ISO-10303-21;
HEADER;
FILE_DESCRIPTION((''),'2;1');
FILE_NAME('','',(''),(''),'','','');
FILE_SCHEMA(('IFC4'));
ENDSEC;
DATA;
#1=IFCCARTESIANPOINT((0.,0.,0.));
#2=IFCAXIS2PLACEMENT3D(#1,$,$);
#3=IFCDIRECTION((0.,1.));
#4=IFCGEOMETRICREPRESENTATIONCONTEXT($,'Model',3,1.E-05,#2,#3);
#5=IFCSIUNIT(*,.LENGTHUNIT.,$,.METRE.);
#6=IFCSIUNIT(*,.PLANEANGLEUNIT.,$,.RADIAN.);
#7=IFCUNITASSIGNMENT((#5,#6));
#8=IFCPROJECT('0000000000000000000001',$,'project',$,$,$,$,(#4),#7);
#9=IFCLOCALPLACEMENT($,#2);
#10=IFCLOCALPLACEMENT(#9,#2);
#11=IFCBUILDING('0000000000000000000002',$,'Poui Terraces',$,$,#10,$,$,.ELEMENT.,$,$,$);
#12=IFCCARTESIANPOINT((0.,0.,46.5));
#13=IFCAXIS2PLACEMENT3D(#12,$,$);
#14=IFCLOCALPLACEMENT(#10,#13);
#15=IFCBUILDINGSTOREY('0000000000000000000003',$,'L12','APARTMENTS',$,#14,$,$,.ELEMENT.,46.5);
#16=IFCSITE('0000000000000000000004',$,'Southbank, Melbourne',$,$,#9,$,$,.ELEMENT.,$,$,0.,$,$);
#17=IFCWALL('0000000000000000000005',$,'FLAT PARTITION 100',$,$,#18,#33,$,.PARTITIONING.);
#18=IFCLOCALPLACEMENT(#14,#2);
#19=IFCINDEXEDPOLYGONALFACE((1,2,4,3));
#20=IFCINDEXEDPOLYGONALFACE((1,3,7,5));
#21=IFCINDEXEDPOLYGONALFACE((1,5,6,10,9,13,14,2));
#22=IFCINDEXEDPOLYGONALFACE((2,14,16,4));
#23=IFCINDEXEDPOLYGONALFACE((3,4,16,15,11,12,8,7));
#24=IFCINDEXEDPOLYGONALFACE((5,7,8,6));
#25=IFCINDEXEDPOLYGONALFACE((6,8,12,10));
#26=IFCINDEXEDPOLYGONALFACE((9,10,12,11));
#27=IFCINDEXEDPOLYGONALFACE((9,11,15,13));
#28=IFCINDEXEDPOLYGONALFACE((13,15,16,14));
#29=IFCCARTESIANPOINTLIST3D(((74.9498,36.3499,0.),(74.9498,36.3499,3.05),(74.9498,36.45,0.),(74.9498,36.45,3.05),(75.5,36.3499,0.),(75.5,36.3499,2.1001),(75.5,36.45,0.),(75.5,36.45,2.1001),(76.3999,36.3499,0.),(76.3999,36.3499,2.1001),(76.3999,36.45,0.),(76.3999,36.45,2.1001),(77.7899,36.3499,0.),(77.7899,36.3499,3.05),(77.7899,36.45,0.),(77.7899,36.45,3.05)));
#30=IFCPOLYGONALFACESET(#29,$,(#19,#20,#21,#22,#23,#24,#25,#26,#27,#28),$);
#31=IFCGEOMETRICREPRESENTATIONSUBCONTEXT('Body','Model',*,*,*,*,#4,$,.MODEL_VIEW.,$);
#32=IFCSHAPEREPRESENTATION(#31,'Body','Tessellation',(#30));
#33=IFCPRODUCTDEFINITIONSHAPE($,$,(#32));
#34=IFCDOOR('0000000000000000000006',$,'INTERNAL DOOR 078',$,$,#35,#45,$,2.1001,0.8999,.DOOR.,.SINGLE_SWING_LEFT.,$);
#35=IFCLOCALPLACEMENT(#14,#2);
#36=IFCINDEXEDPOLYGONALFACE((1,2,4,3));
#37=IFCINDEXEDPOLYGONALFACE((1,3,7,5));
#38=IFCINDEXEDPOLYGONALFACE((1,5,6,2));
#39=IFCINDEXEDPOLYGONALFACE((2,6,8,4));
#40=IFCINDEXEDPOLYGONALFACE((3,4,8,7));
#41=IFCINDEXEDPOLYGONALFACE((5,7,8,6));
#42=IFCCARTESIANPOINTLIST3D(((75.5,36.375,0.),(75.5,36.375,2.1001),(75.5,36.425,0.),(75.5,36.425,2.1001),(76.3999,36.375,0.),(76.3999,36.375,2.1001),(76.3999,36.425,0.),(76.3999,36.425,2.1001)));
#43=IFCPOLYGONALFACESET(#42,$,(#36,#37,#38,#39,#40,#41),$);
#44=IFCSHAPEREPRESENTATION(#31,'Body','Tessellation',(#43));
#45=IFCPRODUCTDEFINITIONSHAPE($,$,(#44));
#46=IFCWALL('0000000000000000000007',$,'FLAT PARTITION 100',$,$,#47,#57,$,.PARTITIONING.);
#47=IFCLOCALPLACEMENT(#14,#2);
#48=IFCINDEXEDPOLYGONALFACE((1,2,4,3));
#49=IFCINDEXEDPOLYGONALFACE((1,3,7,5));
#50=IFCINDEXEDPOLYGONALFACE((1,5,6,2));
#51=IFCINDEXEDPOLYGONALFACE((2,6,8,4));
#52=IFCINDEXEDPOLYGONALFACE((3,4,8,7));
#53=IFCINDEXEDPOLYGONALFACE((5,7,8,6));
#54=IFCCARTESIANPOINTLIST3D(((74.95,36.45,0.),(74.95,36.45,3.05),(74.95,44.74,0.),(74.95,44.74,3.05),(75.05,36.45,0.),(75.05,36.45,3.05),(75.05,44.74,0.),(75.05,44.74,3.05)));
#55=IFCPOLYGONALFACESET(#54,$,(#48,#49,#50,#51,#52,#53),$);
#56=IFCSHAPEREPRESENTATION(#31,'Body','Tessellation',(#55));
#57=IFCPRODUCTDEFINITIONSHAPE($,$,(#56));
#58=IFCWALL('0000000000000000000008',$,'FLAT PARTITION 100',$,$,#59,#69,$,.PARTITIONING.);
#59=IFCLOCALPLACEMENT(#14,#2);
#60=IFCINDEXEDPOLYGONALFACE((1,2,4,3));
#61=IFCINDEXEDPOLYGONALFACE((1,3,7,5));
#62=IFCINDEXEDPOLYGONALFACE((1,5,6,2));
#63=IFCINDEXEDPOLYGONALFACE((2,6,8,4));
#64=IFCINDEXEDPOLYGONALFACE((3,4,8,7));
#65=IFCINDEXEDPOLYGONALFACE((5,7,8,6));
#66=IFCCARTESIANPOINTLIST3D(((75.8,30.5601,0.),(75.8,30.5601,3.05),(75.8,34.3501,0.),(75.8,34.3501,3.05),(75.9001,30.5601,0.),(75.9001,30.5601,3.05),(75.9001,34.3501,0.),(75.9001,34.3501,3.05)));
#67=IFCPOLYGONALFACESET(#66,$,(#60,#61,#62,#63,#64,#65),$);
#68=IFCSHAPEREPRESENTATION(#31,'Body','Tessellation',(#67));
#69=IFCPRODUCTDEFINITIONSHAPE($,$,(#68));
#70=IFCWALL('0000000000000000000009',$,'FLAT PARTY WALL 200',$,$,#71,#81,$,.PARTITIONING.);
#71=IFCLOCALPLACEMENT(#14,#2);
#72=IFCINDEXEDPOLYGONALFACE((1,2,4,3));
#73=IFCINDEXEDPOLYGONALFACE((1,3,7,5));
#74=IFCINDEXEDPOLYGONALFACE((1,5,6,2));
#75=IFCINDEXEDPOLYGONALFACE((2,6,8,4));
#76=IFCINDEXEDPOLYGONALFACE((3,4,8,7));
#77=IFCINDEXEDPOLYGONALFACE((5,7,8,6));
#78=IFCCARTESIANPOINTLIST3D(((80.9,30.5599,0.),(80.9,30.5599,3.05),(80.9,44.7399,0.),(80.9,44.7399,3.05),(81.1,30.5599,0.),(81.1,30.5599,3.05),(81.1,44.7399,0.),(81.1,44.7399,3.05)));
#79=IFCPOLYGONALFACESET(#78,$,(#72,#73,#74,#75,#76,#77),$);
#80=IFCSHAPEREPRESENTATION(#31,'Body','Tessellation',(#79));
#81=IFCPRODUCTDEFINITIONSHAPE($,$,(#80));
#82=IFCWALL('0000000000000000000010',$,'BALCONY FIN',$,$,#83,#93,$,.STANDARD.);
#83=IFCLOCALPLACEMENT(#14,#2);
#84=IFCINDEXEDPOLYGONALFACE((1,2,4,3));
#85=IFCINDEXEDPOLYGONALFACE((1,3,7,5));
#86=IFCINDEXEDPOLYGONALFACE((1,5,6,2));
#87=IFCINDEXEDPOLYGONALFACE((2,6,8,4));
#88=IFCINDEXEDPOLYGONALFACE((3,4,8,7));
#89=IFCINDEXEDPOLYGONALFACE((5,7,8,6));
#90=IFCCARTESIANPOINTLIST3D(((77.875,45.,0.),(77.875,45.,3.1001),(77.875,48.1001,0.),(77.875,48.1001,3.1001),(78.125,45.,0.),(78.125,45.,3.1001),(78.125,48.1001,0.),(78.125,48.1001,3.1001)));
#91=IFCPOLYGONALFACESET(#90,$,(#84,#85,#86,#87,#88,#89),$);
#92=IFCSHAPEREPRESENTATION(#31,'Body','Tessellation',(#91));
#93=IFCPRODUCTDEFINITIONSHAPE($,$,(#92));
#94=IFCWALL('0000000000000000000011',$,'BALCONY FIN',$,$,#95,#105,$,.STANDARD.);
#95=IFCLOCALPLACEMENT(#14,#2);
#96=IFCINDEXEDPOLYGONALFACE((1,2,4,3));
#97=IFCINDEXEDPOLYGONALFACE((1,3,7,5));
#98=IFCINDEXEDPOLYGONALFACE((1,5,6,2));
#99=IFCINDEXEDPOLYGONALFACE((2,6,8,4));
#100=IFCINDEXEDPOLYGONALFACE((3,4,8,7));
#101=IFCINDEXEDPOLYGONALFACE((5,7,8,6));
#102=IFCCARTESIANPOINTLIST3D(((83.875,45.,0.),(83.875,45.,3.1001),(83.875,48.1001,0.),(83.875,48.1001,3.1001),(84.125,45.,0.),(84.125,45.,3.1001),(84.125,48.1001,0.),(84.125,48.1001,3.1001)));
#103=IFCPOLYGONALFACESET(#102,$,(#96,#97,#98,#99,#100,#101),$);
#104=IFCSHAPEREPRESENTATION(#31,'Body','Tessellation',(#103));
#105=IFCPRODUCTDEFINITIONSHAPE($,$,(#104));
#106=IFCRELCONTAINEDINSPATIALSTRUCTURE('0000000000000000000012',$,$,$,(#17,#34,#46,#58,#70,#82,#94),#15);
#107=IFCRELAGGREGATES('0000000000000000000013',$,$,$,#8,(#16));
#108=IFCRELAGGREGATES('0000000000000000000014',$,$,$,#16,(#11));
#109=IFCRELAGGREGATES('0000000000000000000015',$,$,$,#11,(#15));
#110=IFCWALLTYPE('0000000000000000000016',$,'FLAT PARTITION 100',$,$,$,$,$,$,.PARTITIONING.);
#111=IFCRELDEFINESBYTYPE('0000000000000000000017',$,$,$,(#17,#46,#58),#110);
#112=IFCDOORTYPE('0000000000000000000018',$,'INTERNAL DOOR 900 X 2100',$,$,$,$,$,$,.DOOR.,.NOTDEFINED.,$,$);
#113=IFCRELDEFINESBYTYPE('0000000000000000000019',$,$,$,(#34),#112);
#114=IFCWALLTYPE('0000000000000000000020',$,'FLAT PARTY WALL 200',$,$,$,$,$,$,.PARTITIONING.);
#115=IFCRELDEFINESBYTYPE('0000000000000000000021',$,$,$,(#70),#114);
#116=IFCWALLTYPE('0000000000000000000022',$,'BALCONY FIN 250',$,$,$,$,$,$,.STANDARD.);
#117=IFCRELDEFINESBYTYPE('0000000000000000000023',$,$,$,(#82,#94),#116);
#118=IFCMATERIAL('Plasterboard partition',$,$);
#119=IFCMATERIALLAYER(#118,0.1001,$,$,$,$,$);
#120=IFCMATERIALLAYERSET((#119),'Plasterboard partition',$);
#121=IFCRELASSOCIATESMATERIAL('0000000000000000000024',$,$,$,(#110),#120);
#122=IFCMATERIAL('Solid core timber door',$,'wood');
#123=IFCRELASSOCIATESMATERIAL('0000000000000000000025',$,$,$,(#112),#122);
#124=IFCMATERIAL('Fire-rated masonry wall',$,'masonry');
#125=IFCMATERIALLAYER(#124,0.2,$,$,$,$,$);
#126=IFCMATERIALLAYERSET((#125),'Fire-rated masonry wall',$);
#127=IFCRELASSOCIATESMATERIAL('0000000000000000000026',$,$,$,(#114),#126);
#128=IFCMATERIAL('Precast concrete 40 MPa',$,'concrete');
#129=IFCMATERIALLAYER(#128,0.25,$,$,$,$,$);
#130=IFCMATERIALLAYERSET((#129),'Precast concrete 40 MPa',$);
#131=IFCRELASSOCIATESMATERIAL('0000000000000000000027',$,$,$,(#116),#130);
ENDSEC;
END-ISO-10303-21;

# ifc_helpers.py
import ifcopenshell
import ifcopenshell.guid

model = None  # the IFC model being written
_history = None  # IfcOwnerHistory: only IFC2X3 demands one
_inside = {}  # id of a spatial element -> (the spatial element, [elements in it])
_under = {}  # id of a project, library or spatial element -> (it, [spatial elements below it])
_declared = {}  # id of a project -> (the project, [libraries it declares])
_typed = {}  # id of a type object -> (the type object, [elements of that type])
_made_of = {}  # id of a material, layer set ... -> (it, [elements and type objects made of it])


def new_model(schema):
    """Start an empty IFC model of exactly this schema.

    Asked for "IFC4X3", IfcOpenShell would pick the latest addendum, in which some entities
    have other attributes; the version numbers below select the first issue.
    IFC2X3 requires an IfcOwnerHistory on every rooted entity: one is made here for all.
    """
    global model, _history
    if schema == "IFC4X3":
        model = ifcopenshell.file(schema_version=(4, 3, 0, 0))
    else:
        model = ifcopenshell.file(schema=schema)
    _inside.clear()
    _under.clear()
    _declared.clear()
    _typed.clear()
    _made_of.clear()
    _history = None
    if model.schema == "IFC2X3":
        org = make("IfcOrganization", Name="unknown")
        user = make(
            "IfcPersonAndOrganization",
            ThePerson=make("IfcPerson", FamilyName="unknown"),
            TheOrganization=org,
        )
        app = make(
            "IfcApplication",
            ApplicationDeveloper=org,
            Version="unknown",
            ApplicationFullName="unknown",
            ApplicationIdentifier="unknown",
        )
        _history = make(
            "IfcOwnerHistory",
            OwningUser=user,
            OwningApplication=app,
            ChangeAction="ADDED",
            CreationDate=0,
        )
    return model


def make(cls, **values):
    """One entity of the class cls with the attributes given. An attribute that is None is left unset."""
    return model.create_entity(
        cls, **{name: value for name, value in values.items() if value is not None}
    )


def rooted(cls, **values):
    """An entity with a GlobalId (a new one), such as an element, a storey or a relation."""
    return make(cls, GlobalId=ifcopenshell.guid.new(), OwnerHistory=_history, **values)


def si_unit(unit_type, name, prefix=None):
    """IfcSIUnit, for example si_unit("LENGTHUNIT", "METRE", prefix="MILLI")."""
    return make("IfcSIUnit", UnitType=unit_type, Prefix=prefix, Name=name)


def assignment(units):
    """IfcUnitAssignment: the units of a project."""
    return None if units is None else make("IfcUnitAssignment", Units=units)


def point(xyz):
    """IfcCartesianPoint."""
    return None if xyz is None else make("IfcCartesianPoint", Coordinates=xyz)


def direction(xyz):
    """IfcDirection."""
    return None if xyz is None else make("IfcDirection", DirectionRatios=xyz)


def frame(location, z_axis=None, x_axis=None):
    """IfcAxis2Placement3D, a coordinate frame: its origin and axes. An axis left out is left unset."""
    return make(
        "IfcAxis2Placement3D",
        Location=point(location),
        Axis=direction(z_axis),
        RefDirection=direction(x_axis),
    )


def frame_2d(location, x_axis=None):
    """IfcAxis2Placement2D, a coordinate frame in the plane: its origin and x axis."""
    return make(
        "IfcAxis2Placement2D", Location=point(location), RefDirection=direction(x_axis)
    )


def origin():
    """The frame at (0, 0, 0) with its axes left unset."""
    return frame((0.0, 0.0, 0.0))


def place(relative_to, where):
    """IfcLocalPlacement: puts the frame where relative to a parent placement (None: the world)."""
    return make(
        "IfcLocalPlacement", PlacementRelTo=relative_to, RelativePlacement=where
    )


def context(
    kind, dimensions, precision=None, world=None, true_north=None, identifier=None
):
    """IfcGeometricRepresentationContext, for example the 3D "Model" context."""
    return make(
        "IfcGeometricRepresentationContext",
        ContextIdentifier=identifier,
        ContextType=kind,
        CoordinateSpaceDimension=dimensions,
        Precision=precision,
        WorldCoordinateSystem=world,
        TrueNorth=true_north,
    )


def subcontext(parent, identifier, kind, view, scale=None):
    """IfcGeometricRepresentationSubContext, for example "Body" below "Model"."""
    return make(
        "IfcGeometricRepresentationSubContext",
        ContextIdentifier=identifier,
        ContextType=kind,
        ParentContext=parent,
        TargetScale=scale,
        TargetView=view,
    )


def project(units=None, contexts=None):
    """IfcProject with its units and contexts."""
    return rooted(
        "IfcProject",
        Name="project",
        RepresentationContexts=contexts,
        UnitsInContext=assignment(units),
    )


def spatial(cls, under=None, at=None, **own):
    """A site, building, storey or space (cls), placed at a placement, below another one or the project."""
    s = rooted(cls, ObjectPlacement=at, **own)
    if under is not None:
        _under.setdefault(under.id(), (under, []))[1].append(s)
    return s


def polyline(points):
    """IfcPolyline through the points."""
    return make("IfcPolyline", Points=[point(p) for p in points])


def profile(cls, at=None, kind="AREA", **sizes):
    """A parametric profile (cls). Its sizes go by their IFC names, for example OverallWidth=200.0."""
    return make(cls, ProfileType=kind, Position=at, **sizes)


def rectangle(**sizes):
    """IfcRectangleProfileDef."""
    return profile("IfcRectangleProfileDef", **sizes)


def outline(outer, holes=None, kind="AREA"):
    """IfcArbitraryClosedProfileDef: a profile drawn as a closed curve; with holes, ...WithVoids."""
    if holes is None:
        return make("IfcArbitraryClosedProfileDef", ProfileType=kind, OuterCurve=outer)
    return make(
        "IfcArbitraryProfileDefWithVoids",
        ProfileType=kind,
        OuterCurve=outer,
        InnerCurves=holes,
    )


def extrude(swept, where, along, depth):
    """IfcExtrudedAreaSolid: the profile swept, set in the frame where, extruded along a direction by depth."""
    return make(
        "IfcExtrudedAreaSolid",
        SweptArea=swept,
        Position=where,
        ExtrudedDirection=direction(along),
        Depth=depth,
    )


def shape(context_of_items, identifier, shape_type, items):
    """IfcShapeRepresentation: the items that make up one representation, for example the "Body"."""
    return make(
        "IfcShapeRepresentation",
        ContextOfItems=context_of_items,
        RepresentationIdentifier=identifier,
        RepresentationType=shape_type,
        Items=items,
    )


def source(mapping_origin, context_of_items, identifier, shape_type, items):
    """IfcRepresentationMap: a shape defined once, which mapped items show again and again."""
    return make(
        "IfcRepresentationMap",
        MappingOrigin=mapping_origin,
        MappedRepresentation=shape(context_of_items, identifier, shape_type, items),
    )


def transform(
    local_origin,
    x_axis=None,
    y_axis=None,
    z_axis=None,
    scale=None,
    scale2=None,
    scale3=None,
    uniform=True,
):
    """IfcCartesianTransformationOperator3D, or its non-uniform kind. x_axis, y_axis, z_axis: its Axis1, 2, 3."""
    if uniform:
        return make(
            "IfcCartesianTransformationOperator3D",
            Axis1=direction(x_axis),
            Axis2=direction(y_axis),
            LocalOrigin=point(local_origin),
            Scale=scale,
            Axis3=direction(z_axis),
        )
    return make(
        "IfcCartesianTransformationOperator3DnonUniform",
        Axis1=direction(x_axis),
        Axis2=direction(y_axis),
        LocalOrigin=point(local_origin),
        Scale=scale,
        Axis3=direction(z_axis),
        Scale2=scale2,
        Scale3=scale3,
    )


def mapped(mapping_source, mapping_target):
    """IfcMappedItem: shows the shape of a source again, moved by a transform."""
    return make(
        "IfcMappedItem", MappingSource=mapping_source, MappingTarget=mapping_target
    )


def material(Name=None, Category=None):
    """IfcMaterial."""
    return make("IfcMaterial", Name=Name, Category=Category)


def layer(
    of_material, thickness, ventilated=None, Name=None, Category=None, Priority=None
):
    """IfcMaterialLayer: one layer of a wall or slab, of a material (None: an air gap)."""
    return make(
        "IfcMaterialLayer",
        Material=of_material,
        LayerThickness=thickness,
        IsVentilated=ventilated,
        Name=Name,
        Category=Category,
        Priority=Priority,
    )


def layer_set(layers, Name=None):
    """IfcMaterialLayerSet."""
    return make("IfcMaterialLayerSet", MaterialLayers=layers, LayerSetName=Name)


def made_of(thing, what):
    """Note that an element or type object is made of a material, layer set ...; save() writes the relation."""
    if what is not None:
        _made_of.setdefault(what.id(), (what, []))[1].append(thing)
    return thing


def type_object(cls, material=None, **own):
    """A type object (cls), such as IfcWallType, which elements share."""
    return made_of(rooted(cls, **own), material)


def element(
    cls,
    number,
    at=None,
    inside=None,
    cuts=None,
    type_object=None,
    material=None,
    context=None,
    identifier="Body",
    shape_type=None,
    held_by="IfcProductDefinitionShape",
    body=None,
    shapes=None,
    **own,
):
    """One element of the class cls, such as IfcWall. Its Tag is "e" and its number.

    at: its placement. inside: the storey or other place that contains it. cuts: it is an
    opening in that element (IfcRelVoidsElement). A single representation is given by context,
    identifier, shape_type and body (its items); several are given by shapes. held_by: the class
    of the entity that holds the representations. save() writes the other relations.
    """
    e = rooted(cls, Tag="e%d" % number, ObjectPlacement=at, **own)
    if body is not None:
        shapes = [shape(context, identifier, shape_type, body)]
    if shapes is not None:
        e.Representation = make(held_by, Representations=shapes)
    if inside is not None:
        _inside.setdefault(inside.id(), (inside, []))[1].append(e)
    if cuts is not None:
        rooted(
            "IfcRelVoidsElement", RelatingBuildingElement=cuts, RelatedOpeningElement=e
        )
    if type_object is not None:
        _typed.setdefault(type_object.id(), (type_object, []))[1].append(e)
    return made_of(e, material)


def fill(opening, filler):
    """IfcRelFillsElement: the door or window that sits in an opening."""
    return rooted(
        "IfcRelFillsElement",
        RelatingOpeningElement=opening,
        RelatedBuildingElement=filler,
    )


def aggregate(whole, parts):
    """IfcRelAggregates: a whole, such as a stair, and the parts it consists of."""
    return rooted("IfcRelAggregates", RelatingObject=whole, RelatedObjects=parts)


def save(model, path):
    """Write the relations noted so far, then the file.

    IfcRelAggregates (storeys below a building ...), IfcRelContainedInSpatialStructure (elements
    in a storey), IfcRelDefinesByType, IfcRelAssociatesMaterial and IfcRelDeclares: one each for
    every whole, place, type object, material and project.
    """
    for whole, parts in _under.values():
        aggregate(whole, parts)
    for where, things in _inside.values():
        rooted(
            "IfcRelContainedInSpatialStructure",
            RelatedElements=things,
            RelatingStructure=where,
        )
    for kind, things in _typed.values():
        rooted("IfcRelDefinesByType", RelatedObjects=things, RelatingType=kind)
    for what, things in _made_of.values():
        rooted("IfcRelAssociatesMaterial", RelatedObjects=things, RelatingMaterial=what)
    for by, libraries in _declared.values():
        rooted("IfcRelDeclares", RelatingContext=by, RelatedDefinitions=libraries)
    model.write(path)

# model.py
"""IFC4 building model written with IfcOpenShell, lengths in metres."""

from ifc_helpers import new_model, si_unit, direction, frame, frame_2d, origin, place, context, subcontext, project, spatial, polyline, rectangle, outline, extrude, source, transform, mapped, material, layer, layer_set, type_object, element, fill, save


model = new_model("IFC4")

# Units and contexts
model_context = context("Model", 3, precision=1e-05, world=origin(), true_north=direction((0.0, 1.0)))
body_context = subcontext(model_context, "Body", "Model", "MODEL_VIEW")
ifc_project = project(units=[si_unit("LENGTHUNIT", "METRE"), si_unit("PLANEANGLEUNIT", "RADIAN")], contexts=[model_context])

# Site, building, storey
site_placement = place(None, origin())
site = spatial("IfcSite", under=ifc_project, at=site_placement, Name="Southbank, Melbourne", CompositionType="ELEMENT", RefElevation=0.0)
building_placement = place(site_placement, origin())
building = spatial("IfcBuilding", under=site, at=building_placement, Name="Poui Terraces", CompositionType="ELEMENT")
storey_placement = place(building_placement, frame((0.0, 0.0, 46.5)))
storey = spatial("IfcBuildingStorey", under=building, at=storey_placement, Name="L12", Description="APARTMENTS", CompositionType="ELEMENT", Elevation=46.5)

# Wall, opening, door
ifc_material_1 = material(Name="Plasterboard partition")
ifc_layer_1 = layer(ifc_material_1, 0.1001)
ifc_layer_set_1 = layer_set([ifc_layer_1], Name="Plasterboard partition")
wall_type_1 = type_object("IfcWallType", Name="FLAT PARTITION 100", PredefinedType="PARTITIONING", material=ifc_layer_set_1)
ifc_material_2 = material(Name="Solid core timber door", Category="wood")
door_type_1 = type_object("IfcDoorType", Name="INTERNAL DOOR 900 X 2100", OperationType="NOTDEFINED", PredefinedType="DOOR", material=ifc_material_2)
wall_1_placement = place(storey_placement, frame((74.95, 36.3999, 0.0), z_axis=(0.0, 0.0, 1.0), x_axis=(1.0, 0.0, 0.0)))
wall_1 = element("IfcWall", 1, at=wall_1_placement, inside=storey, type_object=wall_type_1, Name="FLAT PARTITION 100", PredefinedType="PARTITIONING", context=body_context, shape_type="SweptSolid", body=[
    extrude(rectangle(XDim=2.8401, YDim=0.1001, at=frame_2d((1.4199, 0.0))), origin(), (0.0, 0.0, 1.0), 3.05),
])
opening_1_placement = place(wall_1_placement, frame((0.55, 0.0, 0.0)))
opening_1 = element("IfcOpeningElement", 2, at=opening_1_placement, cuts=wall_1, PredefinedType="OPENING", context=body_context, shape_type="SweptSolid", body=[
    extrude(rectangle(XDim=0.8999, YDim=2.1001, at=frame_2d((0.45, 1.05))), frame((0.0, 0.0601, 0.0), z_axis=(0.0, -1.0, 0.0), x_axis=(1.0, 0.0, 0.0)), (0.0, 0.0, 1.0), 0.1201),
])
door_1_placement = place(opening_1_placement, frame((0.8999, 0.0, 0.0), z_axis=(0.0, 0.0, 1.0), x_axis=(-1.0, 0.0, 0.0)))
door_1 = element("IfcDoor", 3, at=door_1_placement, inside=storey, type_object=door_type_1, Name="INTERNAL DOOR 078", OperationType="SINGLE_SWING_LEFT", OverallHeight=2.1001, OverallWidth=0.8999, PredefinedType="DOOR", context=body_context, shape_type="SweptSolid", body=[
    extrude(rectangle(XDim=0.8999, YDim=2.1001, at=frame_2d((0.45, 1.05))), frame((0.0, 0.0249, 0.0), z_axis=(0.0, -1.0, 0.0), x_axis=(1.0, 0.0, 0.0)), (0.0, 0.0, 1.0), 0.05),
])
fill(opening_1, door_1)

# Walls
wall_2_placement = place(storey_placement, frame((75.0, 36.45, 0.0), z_axis=(0.0, 0.0, 1.0), x_axis=(0.0, 1.0, 0.0)))
element("IfcWall", 4, at=wall_2_placement, inside=storey, type_object=wall_type_1, Name="FLAT PARTITION 100", PredefinedType="PARTITIONING", context=body_context, shape_type="SweptSolid", body=[
    extrude(rectangle(XDim=8.29, YDim=0.1001, at=frame_2d((4.145, 0.0))), origin(), (0.0, 0.0, 1.0), 3.05),
])
wall_3_placement = place(storey_placement, frame((75.8501, 30.5601, 0.0), z_axis=(0.0, 0.0, 1.0), x_axis=(0.0, 1.0, 0.0)))
element("IfcWall", 5, at=wall_3_placement, inside=storey, type_object=wall_type_1, Name="FLAT PARTITION 100", PredefinedType="PARTITIONING", context=body_context, shape_type="SweptSolid", body=[
    extrude(rectangle(XDim=3.79, YDim=0.1001, at=frame_2d((1.895, 0.0))), origin(), (0.0, 0.0, 1.0), 3.05),
])
ifc_material_3 = material(Name="Fire-rated masonry wall", Category="masonry")
ifc_layer_2 = layer(ifc_material_3, 0.2)
ifc_layer_set_2 = layer_set([ifc_layer_2], Name="Fire-rated masonry wall")
wall_type_2 = type_object("IfcWallType", Name="FLAT PARTY WALL 200", PredefinedType="PARTITIONING", material=ifc_layer_set_2)
wall_4_placement = place(storey_placement, frame((81.0, 30.5601, 0.0), z_axis=(0.0, 0.0, 1.0), x_axis=(0.0, 1.0, 0.0)))
element("IfcWall", 6, at=wall_4_placement, inside=storey, type_object=wall_type_2, Name="FLAT PARTY WALL 200", PredefinedType="PARTITIONING", context=body_context, shape_type="SweptSolid", body=[
    extrude(rectangle(XDim=14.1799, YDim=0.2, at=frame_2d((7.0898, 0.0))), origin(), (0.0, 0.0, 1.0), 3.05),
])
ifc_material_4 = material(Name="Precast concrete 40 MPa", Category="concrete")
ifc_layer_3 = layer(ifc_material_4, 0.25)
ifc_layer_set_3 = layer_set([ifc_layer_3], Name="Precast concrete 40 MPa")
wall_type_3 = type_object("IfcWallType", Name="BALCONY FIN 250", PredefinedType="STANDARD", material=ifc_layer_set_3)
shared_shape_1 = source(origin(), body_context, "Body", "SweptSolid", [
    extrude(outline(polyline([(0.0, 0.0), (0.25, 0.0), (0.25, 3.1001), (0.0, 3.1001), (0.0, 0.0)])), origin(), (0.0, 0.0, 1.0), 3.1001),
])
for number, where, name in (
    (7, (77.875, 45.0, 0.0), "BALCONY FIN"),
    (8, (83.875, 45.0, 0.0), "BALCONY FIN"),
):
    element("IfcWall", number, at=place(storey_placement, frame(where)), inside=storey, type_object=wall_type_3, Name=name, PredefinedType="STANDARD", context=body_context, shape_type="MappedRepresentation", body=[
        mapped(shared_shape_1, transform((0.0, 0.0, 0.0))),
    ])

save(model, "model.ifc")
